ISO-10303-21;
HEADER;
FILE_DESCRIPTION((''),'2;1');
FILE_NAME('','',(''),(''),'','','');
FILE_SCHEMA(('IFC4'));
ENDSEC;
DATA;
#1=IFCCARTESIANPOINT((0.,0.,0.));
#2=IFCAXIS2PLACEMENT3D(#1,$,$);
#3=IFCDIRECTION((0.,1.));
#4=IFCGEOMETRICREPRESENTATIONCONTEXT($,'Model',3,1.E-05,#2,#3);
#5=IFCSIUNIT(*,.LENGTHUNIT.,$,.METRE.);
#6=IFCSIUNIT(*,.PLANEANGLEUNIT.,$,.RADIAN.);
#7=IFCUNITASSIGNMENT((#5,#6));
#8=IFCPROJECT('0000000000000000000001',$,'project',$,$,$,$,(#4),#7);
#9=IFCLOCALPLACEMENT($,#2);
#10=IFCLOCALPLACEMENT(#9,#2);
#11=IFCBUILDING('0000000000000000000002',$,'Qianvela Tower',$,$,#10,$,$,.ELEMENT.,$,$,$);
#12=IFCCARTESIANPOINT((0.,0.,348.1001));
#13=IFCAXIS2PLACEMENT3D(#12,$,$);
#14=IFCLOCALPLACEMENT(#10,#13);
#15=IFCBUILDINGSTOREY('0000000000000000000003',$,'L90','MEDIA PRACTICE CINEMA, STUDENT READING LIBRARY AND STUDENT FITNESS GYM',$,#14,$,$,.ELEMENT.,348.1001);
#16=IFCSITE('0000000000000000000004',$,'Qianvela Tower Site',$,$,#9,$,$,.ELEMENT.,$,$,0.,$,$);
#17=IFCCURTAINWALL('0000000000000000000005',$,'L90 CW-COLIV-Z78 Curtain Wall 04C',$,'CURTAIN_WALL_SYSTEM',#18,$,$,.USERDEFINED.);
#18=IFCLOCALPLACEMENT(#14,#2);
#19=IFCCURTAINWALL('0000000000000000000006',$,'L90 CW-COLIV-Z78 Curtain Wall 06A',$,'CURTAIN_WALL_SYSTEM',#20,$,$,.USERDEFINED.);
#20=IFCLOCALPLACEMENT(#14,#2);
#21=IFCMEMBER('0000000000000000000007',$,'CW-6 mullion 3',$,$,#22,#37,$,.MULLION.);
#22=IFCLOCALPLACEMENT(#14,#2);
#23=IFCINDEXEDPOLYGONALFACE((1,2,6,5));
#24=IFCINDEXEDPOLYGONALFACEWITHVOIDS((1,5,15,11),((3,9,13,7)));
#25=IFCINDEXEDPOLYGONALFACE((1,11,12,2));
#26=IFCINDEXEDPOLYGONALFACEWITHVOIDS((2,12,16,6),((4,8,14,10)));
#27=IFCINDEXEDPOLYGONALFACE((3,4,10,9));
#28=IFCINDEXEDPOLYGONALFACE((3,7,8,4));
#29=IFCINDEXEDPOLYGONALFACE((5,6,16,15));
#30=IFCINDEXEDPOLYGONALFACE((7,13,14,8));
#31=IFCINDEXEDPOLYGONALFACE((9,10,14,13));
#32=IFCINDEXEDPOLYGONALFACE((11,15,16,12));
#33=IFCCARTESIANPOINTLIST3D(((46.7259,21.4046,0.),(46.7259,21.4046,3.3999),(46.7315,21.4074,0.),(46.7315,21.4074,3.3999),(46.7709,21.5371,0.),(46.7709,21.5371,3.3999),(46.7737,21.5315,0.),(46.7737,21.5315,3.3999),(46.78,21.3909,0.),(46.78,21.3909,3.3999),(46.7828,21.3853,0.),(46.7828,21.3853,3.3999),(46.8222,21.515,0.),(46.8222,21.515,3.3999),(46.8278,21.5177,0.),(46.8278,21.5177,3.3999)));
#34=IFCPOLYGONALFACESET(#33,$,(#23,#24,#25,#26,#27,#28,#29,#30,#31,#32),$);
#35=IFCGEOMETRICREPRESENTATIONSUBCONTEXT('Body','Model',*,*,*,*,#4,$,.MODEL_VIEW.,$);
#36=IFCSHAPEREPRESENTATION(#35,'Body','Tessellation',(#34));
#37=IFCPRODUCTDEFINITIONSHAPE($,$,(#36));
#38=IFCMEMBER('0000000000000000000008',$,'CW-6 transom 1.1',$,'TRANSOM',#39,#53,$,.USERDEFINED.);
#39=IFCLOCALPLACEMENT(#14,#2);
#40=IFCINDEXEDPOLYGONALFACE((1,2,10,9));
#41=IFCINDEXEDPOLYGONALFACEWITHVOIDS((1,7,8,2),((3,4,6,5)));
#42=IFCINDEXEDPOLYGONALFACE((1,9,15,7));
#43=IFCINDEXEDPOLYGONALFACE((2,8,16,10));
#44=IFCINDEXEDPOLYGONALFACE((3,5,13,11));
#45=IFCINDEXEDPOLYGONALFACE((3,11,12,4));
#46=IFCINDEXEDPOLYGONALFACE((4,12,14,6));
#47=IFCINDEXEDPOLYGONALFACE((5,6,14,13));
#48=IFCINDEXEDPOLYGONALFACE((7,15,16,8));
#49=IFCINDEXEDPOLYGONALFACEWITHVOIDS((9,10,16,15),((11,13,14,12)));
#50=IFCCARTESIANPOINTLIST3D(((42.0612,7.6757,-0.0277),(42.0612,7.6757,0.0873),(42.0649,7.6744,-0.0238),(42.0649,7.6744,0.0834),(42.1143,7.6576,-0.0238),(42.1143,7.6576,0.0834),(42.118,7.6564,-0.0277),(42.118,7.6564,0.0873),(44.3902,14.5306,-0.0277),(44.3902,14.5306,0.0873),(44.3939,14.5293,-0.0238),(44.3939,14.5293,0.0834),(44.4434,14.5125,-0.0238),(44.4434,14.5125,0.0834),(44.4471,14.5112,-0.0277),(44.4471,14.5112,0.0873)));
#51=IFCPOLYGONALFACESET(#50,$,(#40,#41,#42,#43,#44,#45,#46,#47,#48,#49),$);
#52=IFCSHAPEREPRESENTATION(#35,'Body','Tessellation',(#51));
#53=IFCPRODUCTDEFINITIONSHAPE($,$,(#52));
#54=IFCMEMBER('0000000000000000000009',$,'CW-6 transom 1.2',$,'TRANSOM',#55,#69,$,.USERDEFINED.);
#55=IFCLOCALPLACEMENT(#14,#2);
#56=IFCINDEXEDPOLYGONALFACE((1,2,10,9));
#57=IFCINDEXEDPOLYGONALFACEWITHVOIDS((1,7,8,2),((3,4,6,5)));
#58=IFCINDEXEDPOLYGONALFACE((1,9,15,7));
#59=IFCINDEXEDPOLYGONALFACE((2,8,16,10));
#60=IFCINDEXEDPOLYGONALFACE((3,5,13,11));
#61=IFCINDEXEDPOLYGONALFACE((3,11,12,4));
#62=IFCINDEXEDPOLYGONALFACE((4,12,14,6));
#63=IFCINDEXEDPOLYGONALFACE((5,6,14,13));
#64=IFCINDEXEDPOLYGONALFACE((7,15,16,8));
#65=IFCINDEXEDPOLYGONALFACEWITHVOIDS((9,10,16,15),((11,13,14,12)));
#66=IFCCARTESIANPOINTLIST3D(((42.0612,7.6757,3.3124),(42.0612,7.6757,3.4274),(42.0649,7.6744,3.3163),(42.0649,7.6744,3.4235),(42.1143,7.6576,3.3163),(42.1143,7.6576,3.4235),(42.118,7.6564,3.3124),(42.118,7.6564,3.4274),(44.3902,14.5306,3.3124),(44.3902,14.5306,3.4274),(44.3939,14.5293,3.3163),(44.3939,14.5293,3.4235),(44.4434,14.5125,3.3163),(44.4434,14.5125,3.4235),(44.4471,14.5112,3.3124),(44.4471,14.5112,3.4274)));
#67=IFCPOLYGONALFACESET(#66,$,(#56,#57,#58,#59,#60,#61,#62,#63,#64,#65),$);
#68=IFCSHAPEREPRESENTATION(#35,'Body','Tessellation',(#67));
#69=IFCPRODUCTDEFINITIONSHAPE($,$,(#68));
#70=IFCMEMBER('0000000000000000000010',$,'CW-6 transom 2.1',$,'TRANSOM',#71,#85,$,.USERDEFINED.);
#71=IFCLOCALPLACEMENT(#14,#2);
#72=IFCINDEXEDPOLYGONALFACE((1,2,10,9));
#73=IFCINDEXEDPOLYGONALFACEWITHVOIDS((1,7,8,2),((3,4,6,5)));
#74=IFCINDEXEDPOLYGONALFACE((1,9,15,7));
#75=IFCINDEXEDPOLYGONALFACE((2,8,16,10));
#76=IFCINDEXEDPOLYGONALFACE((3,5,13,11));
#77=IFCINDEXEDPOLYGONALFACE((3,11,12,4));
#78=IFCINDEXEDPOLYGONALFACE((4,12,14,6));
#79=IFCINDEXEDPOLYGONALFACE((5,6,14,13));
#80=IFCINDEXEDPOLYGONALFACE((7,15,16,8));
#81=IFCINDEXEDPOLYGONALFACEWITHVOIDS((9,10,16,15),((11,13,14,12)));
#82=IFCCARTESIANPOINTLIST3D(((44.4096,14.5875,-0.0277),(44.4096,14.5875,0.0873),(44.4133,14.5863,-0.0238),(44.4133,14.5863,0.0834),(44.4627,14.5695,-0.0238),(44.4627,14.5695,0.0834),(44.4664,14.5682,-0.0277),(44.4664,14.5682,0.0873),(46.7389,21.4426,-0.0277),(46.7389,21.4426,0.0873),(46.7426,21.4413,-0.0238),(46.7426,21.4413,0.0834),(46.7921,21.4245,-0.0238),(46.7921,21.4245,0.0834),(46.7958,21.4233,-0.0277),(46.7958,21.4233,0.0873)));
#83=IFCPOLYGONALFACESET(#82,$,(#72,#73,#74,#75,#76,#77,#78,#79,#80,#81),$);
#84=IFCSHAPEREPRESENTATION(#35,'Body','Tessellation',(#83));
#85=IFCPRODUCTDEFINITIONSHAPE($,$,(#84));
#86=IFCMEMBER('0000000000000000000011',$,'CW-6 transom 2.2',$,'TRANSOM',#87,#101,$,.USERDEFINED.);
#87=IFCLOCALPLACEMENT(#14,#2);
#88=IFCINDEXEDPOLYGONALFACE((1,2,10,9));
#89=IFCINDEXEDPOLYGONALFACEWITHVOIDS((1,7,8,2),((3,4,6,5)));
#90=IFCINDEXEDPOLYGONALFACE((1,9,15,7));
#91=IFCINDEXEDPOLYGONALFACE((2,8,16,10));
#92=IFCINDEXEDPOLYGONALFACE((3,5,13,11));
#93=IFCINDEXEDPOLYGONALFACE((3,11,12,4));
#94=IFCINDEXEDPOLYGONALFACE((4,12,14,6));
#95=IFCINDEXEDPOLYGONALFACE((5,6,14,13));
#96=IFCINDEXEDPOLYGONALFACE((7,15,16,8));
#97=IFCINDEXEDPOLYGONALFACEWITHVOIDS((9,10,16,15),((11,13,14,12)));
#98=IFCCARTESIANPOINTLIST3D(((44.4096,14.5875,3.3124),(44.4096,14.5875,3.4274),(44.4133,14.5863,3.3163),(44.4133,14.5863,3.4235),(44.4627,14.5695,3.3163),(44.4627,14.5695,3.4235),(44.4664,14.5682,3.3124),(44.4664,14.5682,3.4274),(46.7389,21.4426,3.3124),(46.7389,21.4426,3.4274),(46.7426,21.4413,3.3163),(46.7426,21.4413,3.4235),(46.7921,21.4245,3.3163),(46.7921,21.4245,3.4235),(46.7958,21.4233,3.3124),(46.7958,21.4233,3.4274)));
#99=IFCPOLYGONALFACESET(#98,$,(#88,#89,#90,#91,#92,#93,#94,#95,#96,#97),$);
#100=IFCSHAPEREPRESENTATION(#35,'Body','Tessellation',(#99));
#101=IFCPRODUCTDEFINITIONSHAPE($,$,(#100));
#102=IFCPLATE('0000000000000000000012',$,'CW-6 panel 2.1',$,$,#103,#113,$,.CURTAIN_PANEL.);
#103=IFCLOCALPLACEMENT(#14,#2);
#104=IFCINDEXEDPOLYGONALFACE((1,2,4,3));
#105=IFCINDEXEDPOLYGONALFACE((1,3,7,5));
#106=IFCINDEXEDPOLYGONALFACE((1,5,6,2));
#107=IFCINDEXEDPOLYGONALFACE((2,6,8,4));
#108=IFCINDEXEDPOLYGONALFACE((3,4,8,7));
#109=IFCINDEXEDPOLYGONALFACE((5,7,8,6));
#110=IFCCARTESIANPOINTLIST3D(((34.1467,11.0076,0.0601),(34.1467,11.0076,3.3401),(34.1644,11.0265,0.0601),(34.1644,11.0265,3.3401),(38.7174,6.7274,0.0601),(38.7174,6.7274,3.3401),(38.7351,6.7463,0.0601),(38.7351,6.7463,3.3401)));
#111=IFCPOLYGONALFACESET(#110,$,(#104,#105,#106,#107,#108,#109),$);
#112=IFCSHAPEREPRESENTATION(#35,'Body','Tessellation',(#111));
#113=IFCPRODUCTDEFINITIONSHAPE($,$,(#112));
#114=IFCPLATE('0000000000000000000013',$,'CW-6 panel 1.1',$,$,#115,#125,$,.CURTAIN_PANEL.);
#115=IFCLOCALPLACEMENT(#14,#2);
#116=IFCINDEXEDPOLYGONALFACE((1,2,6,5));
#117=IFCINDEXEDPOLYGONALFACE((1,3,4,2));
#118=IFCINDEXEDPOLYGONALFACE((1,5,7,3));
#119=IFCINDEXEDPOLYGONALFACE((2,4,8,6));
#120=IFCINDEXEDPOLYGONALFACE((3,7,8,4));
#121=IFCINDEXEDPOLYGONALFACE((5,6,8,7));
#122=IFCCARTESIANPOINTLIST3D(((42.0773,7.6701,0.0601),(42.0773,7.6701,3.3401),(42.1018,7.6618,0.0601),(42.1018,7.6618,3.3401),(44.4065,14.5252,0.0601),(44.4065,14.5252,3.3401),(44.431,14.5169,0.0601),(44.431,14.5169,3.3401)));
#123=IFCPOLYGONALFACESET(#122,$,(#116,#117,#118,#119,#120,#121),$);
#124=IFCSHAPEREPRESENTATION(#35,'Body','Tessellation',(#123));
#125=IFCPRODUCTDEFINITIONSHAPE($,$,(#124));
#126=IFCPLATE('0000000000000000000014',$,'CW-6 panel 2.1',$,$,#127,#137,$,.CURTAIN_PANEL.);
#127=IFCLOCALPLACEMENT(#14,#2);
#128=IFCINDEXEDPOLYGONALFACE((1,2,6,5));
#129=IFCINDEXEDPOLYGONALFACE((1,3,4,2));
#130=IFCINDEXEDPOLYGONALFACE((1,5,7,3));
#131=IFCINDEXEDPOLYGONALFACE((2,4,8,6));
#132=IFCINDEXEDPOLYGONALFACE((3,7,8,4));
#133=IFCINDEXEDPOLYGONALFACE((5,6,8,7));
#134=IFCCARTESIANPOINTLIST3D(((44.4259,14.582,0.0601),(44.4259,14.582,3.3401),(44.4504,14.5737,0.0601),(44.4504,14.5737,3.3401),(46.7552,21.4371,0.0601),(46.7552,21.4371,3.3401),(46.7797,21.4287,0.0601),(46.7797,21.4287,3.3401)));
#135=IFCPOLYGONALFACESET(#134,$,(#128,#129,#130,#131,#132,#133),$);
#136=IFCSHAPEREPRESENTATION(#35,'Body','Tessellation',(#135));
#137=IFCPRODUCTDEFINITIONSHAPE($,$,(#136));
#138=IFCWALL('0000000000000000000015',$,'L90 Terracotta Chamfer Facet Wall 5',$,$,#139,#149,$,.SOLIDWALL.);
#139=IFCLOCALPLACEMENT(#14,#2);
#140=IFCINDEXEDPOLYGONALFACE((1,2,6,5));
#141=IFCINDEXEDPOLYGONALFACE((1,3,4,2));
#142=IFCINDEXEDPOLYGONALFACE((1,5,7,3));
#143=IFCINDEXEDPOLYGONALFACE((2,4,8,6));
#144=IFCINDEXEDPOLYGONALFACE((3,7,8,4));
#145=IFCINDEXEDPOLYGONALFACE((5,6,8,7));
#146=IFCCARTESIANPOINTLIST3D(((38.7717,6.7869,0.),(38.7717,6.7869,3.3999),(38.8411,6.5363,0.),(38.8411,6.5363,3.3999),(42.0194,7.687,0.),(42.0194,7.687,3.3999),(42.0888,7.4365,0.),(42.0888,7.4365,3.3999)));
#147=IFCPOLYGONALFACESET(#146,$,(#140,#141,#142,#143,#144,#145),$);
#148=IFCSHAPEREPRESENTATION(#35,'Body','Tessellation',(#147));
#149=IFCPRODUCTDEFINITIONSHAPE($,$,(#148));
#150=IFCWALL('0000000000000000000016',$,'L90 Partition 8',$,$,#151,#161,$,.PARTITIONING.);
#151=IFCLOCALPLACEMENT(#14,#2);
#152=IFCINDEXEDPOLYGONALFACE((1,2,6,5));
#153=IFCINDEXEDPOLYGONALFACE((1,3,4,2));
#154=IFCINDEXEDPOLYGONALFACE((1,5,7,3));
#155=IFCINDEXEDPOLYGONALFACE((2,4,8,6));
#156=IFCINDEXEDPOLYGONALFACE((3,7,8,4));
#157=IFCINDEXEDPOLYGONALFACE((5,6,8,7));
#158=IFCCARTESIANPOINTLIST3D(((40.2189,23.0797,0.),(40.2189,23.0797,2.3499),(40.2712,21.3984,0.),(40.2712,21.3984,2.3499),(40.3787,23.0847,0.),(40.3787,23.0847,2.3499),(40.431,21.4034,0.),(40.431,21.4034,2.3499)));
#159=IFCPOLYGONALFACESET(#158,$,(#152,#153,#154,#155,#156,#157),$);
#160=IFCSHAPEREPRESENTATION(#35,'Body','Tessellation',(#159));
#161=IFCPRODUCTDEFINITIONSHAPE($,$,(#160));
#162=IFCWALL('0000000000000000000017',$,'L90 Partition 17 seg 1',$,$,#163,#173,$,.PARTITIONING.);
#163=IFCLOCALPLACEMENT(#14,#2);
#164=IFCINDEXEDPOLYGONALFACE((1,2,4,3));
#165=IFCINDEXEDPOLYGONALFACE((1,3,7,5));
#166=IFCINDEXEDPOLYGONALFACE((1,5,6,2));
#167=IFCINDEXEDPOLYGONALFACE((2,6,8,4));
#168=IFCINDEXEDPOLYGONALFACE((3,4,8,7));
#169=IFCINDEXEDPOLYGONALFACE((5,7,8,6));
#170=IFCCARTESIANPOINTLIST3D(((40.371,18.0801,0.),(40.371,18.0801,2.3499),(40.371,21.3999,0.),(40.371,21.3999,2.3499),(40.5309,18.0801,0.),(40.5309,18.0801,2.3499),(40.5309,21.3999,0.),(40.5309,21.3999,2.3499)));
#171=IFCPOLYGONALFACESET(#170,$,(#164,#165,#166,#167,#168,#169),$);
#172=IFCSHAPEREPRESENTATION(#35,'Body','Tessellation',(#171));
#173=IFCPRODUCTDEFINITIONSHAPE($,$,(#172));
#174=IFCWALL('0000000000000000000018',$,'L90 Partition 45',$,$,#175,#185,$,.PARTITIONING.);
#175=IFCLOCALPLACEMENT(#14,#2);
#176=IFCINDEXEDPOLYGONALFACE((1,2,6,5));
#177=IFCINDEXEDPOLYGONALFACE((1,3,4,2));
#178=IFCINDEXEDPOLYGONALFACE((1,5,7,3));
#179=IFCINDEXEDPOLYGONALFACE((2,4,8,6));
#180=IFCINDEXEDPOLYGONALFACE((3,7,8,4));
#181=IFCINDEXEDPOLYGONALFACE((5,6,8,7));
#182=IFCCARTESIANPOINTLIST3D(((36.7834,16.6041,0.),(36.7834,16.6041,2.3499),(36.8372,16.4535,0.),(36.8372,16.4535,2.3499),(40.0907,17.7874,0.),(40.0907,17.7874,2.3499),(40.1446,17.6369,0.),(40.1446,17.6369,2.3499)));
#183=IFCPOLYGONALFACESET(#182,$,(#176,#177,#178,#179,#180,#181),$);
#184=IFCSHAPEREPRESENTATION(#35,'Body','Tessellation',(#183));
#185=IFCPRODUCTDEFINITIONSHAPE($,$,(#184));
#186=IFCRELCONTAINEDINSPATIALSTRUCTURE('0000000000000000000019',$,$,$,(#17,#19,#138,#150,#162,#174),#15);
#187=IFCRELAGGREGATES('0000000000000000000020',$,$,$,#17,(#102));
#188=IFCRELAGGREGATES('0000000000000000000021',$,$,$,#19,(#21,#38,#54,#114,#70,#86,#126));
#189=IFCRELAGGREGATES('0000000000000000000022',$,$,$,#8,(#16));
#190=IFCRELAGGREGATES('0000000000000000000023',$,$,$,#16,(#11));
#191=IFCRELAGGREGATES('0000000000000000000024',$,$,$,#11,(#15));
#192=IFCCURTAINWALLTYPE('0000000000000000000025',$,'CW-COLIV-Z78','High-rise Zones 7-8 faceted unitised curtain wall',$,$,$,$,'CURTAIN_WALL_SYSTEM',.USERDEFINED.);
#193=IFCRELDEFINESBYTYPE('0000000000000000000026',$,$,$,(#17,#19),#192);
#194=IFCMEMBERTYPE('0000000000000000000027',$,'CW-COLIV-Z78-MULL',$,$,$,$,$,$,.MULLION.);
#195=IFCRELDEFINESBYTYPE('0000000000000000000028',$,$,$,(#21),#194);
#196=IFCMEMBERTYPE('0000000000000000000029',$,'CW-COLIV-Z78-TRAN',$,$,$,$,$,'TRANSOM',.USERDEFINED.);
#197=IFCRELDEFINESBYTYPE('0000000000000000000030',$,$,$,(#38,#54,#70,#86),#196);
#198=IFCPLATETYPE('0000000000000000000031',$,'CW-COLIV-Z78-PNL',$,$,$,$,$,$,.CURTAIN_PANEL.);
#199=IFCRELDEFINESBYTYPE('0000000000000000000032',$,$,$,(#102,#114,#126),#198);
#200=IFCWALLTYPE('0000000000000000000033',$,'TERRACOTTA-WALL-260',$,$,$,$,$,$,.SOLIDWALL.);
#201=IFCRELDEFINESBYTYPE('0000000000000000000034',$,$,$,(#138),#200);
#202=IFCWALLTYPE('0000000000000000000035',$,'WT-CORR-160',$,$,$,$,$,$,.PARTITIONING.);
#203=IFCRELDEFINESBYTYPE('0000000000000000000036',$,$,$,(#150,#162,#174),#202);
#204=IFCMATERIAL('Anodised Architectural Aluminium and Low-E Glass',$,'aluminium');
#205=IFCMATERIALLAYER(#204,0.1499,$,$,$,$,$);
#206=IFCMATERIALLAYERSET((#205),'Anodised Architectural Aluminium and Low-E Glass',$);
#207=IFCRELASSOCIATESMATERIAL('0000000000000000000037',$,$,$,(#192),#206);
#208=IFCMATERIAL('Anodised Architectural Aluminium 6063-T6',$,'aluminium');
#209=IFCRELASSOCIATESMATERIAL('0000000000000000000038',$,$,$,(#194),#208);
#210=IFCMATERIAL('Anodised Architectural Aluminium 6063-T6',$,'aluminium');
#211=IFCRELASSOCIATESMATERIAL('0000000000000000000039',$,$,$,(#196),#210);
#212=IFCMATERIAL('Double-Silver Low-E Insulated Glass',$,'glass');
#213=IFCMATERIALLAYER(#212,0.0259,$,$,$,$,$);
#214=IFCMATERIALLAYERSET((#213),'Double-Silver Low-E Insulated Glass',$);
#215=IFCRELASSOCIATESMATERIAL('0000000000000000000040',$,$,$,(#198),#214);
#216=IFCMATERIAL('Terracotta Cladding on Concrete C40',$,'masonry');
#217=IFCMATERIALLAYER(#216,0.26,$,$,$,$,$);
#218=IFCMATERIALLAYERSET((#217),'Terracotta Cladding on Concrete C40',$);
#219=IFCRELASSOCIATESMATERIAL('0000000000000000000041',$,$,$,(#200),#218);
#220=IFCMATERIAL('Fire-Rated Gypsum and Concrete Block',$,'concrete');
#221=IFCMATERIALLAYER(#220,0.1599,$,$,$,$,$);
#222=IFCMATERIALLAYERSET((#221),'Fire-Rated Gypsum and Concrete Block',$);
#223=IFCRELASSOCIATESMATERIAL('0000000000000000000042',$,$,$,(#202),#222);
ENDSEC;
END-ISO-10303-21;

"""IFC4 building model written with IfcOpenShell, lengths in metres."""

from ifc_helpers import new_model, si_unit, direction, frame, frame_2d, origin, origin_2d, place, context, subcontext, project, spatial, rectangle, hollow_rectangle, extrude, material, layer, layer_set, material_profile, profile_set, type_object, element, aggregate, save


model = new_model("IFC4")

# Units and contexts
model_context = context("Model", 3, precision=1e-05, world=origin(), true_north=direction((0.0, 1.0)))
body_context = subcontext(model_context, "Body", "Model", "MODEL_VIEW")
ifc_project = project(units=[si_unit("LENGTHUNIT", "METRE"), si_unit("PLANEANGLEUNIT", "RADIAN")], contexts=[model_context])

# Site, building, storey
site_placement = place(None, origin())
site = spatial("IfcSite", under=ifc_project, at=site_placement, Name="Qianvela Tower Site", CompositionType="ELEMENT", RefElevation=0.0)
building_placement = place(site_placement, origin())
building = spatial("IfcBuilding", under=site, at=building_placement, Name="Qianvela Tower", CompositionType="ELEMENT")
storey_placement = place(building_placement, frame((0.0, 0.0, 348.1001)))
storey = spatial("IfcBuildingStorey", under=building, at=storey_placement, Name="L90", Description="MEDIA PRACTICE CINEMA, STUDENT READING LIBRARY AND STUDENT FITNESS GYM", CompositionType="ELEMENT", Elevation=348.1001)

# Curtain wall
ifc_material_1 = material(Name="Anodised Architectural Aluminium and Low-E Glass", Category="aluminium")
ifc_layer_1 = layer(ifc_material_1, 0.1499)
ifc_layer_set_1 = layer_set([ifc_layer_1], Name="Anodised Architectural Aluminium and Low-E Glass")
curtain_wall_type_1 = type_object("IfcCurtainWallType", Name="CW-COLIV-Z78", Description="High-rise Zones 7-8 faceted unitised curtain wall", ElementType="CURTAIN_WALL_SYSTEM", PredefinedType="USERDEFINED", material=ifc_layer_set_1)
curtain_wall_1_placement = place(storey_placement, origin())
curtain_wall_1 = element("IfcCurtainWall", 1, at=curtain_wall_1_placement, inside=storey, type_object=curtain_wall_type_1, Name="L90 CW-COLIV-Z78 Curtain Wall 04C", ObjectType="CURTAIN_WALL_SYSTEM", PredefinedType="USERDEFINED")
ifc_material_2 = material(Name="Anodised Architectural Aluminium 6063-T6", Category="aluminium")
ifc_material_profile_1 = material_profile(ifc_material_2, hollow_rectangle(XDim=0.0601, YDim=0.1399, WallThickness=0.0044, at=origin_2d()), Name="ALU-MULL-60x140")
ifc_profile_set_1 = profile_set([ifc_material_profile_1], Name="Anodised Architectural Aluminium 6063-T6")
member_type_1 = type_object("IfcMemberType", Name="CW-COLIV-Z78-MULL", PredefinedType="MULLION", material=ifc_profile_set_1)

# Curtain wall, members
curtain_wall_2_placement = place(storey_placement, origin())
curtain_wall_2 = element("IfcCurtainWall", 2, at=curtain_wall_2_placement, inside=storey, type_object=curtain_wall_type_1, Name="L90 CW-COLIV-Z78 Curtain Wall 06A", ObjectType="CURTAIN_WALL_SYSTEM", PredefinedType="USERDEFINED")
member_1_placement = place(storey_placement, frame((46.7769, 21.4612, 0.0), z_axis=(0.0, 0.0, 1.0), x_axis=(-0.946835, 0.321719, 0.0)))
member_1 = element("IfcMember", 3, at=member_1_placement, type_object=member_type_1, Name="CW-6 mullion 3", PredefinedType="MULLION", context=body_context, shape_type="SweptSolid", body=[
    extrude(hollow_rectangle(XDim=0.0601, YDim=0.1399, WallThickness=0.0044, at=origin_2d()), origin(), (0.0, 0.0, 1.0), 3.3999),
])
ifc_material_3 = material(Name="Anodised Architectural Aluminium 6063-T6", Category="aluminium")
ifc_material_profile_2 = material_profile(ifc_material_3, hollow_rectangle(XDim=0.0601, YDim=0.115, WallThickness=0.0039, at=origin_2d()), Name="ALU-TRAN-60x115")
ifc_profile_set_2 = profile_set([ifc_material_profile_2], Name="Anodised Architectural Aluminium 6063-T6")
member_type_2 = type_object("IfcMemberType", Name="CW-COLIV-Z78-TRAN", ElementType="TRANSOM", PredefinedType="USERDEFINED", material=ifc_profile_set_2)
member_2_placement = place(storey_placement, frame((42.0896, 7.666, 0.0298), z_axis=(0.321706, 0.94684, 0.0), x_axis=(-0.94684, 0.321706, 0.0)))
member_2 = element("IfcMember", 4, at=member_2_placement, type_object=member_type_2, Name="CW-6 transom 1.1", ObjectType="TRANSOM", PredefinedType="USERDEFINED", context=body_context, shape_type="SweptSolid", body=[
    extrude(hollow_rectangle(XDim=0.0601, YDim=0.115, WallThickness=0.0039, at=origin_2d()), origin(), (0.0, 0.0, 1.0), 7.2397),
])
member_3_placement = place(storey_placement, frame((42.0896, 7.666, 3.3699), z_axis=(0.321706, 0.94684, 0.0), x_axis=(-0.94684, 0.321706, 0.0)))
member_3 = element("IfcMember", 5, at=member_3_placement, type_object=member_type_2, Name="CW-6 transom 1.2", ObjectType="TRANSOM", PredefinedType="USERDEFINED", context=body_context, shape_type="SweptSolid", body=[
    extrude(hollow_rectangle(XDim=0.0601, YDim=0.115, WallThickness=0.0039, at=origin_2d()), origin(), (0.0, 0.0, 1.0), 7.2397),
])
member_4_placement = place(storey_placement, frame((44.438, 14.5779, 0.0298), z_axis=(0.321736, 0.946829, 0.0), x_axis=(-0.946829, 0.321736, 0.0)))
member_4 = element("IfcMember", 6, at=member_4_placement, type_object=member_type_2, Name="CW-6 transom 2.1", ObjectType="TRANSOM", PredefinedType="USERDEFINED", context=body_context, shape_type="SweptSolid", body=[
    extrude(hollow_rectangle(XDim=0.0601, YDim=0.115, WallThickness=0.0039, at=origin_2d()), origin(), (0.0, 0.0, 1.0), 7.24),
])
member_5_placement = place(storey_placement, frame((44.438, 14.5779, 3.3699), z_axis=(0.321736, 0.946829, 0.0), x_axis=(-0.946829, 0.321736, 0.0)))
member_5 = element("IfcMember", 7, at=member_5_placement, type_object=member_type_2, Name="CW-6 transom 2.2", ObjectType="TRANSOM", PredefinedType="USERDEFINED", context=body_context, shape_type="SweptSolid", body=[
    extrude(hollow_rectangle(XDim=0.0601, YDim=0.115, WallThickness=0.0039, at=origin_2d()), origin(), (0.0, 0.0, 1.0), 7.24),
])

# Plates
ifc_material_4 = material(Name="Double-Silver Low-E Insulated Glass", Category="glass")
ifc_layer_2 = layer(ifc_material_4, 0.0259)
ifc_layer_set_2 = layer_set([ifc_layer_2], Name="Double-Silver Low-E Insulated Glass")
plate_type = type_object("IfcPlateType", Name="CW-COLIV-Z78-PNL", PredefinedType="CURTAIN_PANEL", material=ifc_layer_set_2)
plate_1_placement = place(storey_placement, frame((36.4409, 8.877, 0.0601), z_axis=(0.0, 0.0, 1.0), x_axis=(0.72992, -0.683533, 0.0)))
plate_1 = element("IfcPlate", 8, at=plate_1_placement, type_object=plate_type, Name="CW-6 panel 2.1", PredefinedType="CURTAIN_PANEL", context=body_context, shape_type="SweptSolid", body=[
    extrude(rectangle(XDim=6.262, YDim=0.0259, at=origin_2d()), origin(), (0.0, 0.0, 1.0), 3.28),
])
aggregate(curtain_wall_1, [plate_1])
plate_2_placement = place(storey_placement, frame((43.2542, 11.0935, 0.0601), z_axis=(0.0, 0.0, 1.0), x_axis=(0.321719, 0.946835, 0.0)))
plate_2 = element("IfcPlate", 9, at=plate_2_placement, type_object=plate_type, Name="CW-6 panel 1.1", PredefinedType="CURTAIN_PANEL", context=body_context, shape_type="SweptSolid", body=[
    extrude(rectangle(XDim=7.24, YDim=0.0259, at=origin_2d()), origin(), (0.0, 0.0, 1.0), 3.28),
])
plate_3_placement = place(storey_placement, frame((45.6028, 18.0054, 0.0601), z_axis=(0.0, 0.0, 1.0), x_axis=(0.321719, 0.946835, 0.0)))
plate_3 = element("IfcPlate", 10, at=plate_3_placement, type_object=plate_type, Name="CW-6 panel 2.1", PredefinedType="CURTAIN_PANEL", context=body_context, shape_type="SweptSolid", body=[
    extrude(rectangle(XDim=7.24, YDim=0.0259, at=origin_2d()), origin(), (0.0, 0.0, 1.0), 3.28),
])
aggregate(curtain_wall_2, [member_1, member_2, member_3, plate_2, member_4, member_5, plate_3])

# Walls
ifc_material_5 = material(Name="Terracotta Cladding on Concrete C40", Category="masonry")
ifc_layer_3 = layer(ifc_material_5, 0.26)
ifc_layer_set_3 = layer_set([ifc_layer_3], Name="Terracotta Cladding on Concrete C40")
wall_type_1 = type_object("IfcWallType", Name="TERRACOTTA-WALL-260", PredefinedType="SOLIDWALL", material=ifc_layer_set_3)
wall_1_placement = place(storey_placement, frame((38.8064, 6.6616, 0.0), z_axis=(0.0, 0.0, 1.0), x_axis=(0.963672, 0.267087, 0.0)))
element("IfcWall", 11, at=wall_1_placement, inside=storey, type_object=wall_type_1, Name="L90 Terracotta Chamfer Facet Wall 5", PredefinedType="SOLIDWALL", context=body_context, shape_type="SweptSolid", body=[
    extrude(rectangle(XDim=3.3701, YDim=0.26, at=frame_2d((1.6851, 0.0))), origin(), (0.0, 0.0, 1.0), 3.3999),
])
ifc_material_6 = material(Name="Fire-Rated Gypsum and Concrete Block", Category="concrete")
ifc_layer_4 = layer(ifc_material_6, 0.1599)
ifc_layer_set_4 = layer_set([ifc_layer_4], Name="Fire-Rated Gypsum and Concrete Block")
wall_type_2 = type_object("IfcWallType", Name="WT-CORR-160", PredefinedType="PARTITIONING", material=ifc_layer_set_4)
wall_2_placement = place(storey_placement, frame((40.3511, 21.4009, 0.0), z_axis=(0.0, 0.0, 1.0), x_axis=(-0.031058, 0.999518, 0.0)))
element("IfcWall", 12, at=wall_2_placement, inside=storey, type_object=wall_type_2, Name="L90 Partition 8", PredefinedType="PARTITIONING", context=body_context, shape_type="SweptSolid", body=[
    extrude(rectangle(XDim=1.6821, YDim=0.1599, at=frame_2d((0.8411, 0.0))), origin(), (0.0, 0.0, 1.0), 2.3499),
])

# Walls
wall_3_placement = place(storey_placement, frame((40.4509, 18.0801, 0.0), z_axis=(0.0, 0.0, 1.0), x_axis=(0.0, 1.0, 0.0)))
element("IfcWall", 13, at=wall_3_placement, inside=storey, type_object=wall_type_2, Name="L90 Partition 17 seg 1", PredefinedType="PARTITIONING", context=body_context, shape_type="SweptSolid", body=[
    extrude(rectangle(XDim=3.3198, YDim=0.1599, at=frame_2d((1.6599, 0.0))), origin(), (0.0, 0.0, 1.0), 2.3499),
])
wall_4_placement = place(storey_placement, frame((36.8103, 16.5288, 0.0), z_axis=(0.0, 0.0, 1.0), x_axis=(0.941548, 0.336878, 0.0)))
element("IfcWall", 14, at=wall_4_placement, inside=storey, type_object=wall_type_2, Name="L90 Partition 45", PredefinedType="PARTITIONING", context=body_context, shape_type="SweptSolid", body=[
    extrude(rectangle(XDim=3.5127, YDim=0.1599, at=frame_2d((1.7563, 0.0))), origin(), (0.0, 0.0, 1.0), 2.3499),
])

save(model, "model.ifc")
